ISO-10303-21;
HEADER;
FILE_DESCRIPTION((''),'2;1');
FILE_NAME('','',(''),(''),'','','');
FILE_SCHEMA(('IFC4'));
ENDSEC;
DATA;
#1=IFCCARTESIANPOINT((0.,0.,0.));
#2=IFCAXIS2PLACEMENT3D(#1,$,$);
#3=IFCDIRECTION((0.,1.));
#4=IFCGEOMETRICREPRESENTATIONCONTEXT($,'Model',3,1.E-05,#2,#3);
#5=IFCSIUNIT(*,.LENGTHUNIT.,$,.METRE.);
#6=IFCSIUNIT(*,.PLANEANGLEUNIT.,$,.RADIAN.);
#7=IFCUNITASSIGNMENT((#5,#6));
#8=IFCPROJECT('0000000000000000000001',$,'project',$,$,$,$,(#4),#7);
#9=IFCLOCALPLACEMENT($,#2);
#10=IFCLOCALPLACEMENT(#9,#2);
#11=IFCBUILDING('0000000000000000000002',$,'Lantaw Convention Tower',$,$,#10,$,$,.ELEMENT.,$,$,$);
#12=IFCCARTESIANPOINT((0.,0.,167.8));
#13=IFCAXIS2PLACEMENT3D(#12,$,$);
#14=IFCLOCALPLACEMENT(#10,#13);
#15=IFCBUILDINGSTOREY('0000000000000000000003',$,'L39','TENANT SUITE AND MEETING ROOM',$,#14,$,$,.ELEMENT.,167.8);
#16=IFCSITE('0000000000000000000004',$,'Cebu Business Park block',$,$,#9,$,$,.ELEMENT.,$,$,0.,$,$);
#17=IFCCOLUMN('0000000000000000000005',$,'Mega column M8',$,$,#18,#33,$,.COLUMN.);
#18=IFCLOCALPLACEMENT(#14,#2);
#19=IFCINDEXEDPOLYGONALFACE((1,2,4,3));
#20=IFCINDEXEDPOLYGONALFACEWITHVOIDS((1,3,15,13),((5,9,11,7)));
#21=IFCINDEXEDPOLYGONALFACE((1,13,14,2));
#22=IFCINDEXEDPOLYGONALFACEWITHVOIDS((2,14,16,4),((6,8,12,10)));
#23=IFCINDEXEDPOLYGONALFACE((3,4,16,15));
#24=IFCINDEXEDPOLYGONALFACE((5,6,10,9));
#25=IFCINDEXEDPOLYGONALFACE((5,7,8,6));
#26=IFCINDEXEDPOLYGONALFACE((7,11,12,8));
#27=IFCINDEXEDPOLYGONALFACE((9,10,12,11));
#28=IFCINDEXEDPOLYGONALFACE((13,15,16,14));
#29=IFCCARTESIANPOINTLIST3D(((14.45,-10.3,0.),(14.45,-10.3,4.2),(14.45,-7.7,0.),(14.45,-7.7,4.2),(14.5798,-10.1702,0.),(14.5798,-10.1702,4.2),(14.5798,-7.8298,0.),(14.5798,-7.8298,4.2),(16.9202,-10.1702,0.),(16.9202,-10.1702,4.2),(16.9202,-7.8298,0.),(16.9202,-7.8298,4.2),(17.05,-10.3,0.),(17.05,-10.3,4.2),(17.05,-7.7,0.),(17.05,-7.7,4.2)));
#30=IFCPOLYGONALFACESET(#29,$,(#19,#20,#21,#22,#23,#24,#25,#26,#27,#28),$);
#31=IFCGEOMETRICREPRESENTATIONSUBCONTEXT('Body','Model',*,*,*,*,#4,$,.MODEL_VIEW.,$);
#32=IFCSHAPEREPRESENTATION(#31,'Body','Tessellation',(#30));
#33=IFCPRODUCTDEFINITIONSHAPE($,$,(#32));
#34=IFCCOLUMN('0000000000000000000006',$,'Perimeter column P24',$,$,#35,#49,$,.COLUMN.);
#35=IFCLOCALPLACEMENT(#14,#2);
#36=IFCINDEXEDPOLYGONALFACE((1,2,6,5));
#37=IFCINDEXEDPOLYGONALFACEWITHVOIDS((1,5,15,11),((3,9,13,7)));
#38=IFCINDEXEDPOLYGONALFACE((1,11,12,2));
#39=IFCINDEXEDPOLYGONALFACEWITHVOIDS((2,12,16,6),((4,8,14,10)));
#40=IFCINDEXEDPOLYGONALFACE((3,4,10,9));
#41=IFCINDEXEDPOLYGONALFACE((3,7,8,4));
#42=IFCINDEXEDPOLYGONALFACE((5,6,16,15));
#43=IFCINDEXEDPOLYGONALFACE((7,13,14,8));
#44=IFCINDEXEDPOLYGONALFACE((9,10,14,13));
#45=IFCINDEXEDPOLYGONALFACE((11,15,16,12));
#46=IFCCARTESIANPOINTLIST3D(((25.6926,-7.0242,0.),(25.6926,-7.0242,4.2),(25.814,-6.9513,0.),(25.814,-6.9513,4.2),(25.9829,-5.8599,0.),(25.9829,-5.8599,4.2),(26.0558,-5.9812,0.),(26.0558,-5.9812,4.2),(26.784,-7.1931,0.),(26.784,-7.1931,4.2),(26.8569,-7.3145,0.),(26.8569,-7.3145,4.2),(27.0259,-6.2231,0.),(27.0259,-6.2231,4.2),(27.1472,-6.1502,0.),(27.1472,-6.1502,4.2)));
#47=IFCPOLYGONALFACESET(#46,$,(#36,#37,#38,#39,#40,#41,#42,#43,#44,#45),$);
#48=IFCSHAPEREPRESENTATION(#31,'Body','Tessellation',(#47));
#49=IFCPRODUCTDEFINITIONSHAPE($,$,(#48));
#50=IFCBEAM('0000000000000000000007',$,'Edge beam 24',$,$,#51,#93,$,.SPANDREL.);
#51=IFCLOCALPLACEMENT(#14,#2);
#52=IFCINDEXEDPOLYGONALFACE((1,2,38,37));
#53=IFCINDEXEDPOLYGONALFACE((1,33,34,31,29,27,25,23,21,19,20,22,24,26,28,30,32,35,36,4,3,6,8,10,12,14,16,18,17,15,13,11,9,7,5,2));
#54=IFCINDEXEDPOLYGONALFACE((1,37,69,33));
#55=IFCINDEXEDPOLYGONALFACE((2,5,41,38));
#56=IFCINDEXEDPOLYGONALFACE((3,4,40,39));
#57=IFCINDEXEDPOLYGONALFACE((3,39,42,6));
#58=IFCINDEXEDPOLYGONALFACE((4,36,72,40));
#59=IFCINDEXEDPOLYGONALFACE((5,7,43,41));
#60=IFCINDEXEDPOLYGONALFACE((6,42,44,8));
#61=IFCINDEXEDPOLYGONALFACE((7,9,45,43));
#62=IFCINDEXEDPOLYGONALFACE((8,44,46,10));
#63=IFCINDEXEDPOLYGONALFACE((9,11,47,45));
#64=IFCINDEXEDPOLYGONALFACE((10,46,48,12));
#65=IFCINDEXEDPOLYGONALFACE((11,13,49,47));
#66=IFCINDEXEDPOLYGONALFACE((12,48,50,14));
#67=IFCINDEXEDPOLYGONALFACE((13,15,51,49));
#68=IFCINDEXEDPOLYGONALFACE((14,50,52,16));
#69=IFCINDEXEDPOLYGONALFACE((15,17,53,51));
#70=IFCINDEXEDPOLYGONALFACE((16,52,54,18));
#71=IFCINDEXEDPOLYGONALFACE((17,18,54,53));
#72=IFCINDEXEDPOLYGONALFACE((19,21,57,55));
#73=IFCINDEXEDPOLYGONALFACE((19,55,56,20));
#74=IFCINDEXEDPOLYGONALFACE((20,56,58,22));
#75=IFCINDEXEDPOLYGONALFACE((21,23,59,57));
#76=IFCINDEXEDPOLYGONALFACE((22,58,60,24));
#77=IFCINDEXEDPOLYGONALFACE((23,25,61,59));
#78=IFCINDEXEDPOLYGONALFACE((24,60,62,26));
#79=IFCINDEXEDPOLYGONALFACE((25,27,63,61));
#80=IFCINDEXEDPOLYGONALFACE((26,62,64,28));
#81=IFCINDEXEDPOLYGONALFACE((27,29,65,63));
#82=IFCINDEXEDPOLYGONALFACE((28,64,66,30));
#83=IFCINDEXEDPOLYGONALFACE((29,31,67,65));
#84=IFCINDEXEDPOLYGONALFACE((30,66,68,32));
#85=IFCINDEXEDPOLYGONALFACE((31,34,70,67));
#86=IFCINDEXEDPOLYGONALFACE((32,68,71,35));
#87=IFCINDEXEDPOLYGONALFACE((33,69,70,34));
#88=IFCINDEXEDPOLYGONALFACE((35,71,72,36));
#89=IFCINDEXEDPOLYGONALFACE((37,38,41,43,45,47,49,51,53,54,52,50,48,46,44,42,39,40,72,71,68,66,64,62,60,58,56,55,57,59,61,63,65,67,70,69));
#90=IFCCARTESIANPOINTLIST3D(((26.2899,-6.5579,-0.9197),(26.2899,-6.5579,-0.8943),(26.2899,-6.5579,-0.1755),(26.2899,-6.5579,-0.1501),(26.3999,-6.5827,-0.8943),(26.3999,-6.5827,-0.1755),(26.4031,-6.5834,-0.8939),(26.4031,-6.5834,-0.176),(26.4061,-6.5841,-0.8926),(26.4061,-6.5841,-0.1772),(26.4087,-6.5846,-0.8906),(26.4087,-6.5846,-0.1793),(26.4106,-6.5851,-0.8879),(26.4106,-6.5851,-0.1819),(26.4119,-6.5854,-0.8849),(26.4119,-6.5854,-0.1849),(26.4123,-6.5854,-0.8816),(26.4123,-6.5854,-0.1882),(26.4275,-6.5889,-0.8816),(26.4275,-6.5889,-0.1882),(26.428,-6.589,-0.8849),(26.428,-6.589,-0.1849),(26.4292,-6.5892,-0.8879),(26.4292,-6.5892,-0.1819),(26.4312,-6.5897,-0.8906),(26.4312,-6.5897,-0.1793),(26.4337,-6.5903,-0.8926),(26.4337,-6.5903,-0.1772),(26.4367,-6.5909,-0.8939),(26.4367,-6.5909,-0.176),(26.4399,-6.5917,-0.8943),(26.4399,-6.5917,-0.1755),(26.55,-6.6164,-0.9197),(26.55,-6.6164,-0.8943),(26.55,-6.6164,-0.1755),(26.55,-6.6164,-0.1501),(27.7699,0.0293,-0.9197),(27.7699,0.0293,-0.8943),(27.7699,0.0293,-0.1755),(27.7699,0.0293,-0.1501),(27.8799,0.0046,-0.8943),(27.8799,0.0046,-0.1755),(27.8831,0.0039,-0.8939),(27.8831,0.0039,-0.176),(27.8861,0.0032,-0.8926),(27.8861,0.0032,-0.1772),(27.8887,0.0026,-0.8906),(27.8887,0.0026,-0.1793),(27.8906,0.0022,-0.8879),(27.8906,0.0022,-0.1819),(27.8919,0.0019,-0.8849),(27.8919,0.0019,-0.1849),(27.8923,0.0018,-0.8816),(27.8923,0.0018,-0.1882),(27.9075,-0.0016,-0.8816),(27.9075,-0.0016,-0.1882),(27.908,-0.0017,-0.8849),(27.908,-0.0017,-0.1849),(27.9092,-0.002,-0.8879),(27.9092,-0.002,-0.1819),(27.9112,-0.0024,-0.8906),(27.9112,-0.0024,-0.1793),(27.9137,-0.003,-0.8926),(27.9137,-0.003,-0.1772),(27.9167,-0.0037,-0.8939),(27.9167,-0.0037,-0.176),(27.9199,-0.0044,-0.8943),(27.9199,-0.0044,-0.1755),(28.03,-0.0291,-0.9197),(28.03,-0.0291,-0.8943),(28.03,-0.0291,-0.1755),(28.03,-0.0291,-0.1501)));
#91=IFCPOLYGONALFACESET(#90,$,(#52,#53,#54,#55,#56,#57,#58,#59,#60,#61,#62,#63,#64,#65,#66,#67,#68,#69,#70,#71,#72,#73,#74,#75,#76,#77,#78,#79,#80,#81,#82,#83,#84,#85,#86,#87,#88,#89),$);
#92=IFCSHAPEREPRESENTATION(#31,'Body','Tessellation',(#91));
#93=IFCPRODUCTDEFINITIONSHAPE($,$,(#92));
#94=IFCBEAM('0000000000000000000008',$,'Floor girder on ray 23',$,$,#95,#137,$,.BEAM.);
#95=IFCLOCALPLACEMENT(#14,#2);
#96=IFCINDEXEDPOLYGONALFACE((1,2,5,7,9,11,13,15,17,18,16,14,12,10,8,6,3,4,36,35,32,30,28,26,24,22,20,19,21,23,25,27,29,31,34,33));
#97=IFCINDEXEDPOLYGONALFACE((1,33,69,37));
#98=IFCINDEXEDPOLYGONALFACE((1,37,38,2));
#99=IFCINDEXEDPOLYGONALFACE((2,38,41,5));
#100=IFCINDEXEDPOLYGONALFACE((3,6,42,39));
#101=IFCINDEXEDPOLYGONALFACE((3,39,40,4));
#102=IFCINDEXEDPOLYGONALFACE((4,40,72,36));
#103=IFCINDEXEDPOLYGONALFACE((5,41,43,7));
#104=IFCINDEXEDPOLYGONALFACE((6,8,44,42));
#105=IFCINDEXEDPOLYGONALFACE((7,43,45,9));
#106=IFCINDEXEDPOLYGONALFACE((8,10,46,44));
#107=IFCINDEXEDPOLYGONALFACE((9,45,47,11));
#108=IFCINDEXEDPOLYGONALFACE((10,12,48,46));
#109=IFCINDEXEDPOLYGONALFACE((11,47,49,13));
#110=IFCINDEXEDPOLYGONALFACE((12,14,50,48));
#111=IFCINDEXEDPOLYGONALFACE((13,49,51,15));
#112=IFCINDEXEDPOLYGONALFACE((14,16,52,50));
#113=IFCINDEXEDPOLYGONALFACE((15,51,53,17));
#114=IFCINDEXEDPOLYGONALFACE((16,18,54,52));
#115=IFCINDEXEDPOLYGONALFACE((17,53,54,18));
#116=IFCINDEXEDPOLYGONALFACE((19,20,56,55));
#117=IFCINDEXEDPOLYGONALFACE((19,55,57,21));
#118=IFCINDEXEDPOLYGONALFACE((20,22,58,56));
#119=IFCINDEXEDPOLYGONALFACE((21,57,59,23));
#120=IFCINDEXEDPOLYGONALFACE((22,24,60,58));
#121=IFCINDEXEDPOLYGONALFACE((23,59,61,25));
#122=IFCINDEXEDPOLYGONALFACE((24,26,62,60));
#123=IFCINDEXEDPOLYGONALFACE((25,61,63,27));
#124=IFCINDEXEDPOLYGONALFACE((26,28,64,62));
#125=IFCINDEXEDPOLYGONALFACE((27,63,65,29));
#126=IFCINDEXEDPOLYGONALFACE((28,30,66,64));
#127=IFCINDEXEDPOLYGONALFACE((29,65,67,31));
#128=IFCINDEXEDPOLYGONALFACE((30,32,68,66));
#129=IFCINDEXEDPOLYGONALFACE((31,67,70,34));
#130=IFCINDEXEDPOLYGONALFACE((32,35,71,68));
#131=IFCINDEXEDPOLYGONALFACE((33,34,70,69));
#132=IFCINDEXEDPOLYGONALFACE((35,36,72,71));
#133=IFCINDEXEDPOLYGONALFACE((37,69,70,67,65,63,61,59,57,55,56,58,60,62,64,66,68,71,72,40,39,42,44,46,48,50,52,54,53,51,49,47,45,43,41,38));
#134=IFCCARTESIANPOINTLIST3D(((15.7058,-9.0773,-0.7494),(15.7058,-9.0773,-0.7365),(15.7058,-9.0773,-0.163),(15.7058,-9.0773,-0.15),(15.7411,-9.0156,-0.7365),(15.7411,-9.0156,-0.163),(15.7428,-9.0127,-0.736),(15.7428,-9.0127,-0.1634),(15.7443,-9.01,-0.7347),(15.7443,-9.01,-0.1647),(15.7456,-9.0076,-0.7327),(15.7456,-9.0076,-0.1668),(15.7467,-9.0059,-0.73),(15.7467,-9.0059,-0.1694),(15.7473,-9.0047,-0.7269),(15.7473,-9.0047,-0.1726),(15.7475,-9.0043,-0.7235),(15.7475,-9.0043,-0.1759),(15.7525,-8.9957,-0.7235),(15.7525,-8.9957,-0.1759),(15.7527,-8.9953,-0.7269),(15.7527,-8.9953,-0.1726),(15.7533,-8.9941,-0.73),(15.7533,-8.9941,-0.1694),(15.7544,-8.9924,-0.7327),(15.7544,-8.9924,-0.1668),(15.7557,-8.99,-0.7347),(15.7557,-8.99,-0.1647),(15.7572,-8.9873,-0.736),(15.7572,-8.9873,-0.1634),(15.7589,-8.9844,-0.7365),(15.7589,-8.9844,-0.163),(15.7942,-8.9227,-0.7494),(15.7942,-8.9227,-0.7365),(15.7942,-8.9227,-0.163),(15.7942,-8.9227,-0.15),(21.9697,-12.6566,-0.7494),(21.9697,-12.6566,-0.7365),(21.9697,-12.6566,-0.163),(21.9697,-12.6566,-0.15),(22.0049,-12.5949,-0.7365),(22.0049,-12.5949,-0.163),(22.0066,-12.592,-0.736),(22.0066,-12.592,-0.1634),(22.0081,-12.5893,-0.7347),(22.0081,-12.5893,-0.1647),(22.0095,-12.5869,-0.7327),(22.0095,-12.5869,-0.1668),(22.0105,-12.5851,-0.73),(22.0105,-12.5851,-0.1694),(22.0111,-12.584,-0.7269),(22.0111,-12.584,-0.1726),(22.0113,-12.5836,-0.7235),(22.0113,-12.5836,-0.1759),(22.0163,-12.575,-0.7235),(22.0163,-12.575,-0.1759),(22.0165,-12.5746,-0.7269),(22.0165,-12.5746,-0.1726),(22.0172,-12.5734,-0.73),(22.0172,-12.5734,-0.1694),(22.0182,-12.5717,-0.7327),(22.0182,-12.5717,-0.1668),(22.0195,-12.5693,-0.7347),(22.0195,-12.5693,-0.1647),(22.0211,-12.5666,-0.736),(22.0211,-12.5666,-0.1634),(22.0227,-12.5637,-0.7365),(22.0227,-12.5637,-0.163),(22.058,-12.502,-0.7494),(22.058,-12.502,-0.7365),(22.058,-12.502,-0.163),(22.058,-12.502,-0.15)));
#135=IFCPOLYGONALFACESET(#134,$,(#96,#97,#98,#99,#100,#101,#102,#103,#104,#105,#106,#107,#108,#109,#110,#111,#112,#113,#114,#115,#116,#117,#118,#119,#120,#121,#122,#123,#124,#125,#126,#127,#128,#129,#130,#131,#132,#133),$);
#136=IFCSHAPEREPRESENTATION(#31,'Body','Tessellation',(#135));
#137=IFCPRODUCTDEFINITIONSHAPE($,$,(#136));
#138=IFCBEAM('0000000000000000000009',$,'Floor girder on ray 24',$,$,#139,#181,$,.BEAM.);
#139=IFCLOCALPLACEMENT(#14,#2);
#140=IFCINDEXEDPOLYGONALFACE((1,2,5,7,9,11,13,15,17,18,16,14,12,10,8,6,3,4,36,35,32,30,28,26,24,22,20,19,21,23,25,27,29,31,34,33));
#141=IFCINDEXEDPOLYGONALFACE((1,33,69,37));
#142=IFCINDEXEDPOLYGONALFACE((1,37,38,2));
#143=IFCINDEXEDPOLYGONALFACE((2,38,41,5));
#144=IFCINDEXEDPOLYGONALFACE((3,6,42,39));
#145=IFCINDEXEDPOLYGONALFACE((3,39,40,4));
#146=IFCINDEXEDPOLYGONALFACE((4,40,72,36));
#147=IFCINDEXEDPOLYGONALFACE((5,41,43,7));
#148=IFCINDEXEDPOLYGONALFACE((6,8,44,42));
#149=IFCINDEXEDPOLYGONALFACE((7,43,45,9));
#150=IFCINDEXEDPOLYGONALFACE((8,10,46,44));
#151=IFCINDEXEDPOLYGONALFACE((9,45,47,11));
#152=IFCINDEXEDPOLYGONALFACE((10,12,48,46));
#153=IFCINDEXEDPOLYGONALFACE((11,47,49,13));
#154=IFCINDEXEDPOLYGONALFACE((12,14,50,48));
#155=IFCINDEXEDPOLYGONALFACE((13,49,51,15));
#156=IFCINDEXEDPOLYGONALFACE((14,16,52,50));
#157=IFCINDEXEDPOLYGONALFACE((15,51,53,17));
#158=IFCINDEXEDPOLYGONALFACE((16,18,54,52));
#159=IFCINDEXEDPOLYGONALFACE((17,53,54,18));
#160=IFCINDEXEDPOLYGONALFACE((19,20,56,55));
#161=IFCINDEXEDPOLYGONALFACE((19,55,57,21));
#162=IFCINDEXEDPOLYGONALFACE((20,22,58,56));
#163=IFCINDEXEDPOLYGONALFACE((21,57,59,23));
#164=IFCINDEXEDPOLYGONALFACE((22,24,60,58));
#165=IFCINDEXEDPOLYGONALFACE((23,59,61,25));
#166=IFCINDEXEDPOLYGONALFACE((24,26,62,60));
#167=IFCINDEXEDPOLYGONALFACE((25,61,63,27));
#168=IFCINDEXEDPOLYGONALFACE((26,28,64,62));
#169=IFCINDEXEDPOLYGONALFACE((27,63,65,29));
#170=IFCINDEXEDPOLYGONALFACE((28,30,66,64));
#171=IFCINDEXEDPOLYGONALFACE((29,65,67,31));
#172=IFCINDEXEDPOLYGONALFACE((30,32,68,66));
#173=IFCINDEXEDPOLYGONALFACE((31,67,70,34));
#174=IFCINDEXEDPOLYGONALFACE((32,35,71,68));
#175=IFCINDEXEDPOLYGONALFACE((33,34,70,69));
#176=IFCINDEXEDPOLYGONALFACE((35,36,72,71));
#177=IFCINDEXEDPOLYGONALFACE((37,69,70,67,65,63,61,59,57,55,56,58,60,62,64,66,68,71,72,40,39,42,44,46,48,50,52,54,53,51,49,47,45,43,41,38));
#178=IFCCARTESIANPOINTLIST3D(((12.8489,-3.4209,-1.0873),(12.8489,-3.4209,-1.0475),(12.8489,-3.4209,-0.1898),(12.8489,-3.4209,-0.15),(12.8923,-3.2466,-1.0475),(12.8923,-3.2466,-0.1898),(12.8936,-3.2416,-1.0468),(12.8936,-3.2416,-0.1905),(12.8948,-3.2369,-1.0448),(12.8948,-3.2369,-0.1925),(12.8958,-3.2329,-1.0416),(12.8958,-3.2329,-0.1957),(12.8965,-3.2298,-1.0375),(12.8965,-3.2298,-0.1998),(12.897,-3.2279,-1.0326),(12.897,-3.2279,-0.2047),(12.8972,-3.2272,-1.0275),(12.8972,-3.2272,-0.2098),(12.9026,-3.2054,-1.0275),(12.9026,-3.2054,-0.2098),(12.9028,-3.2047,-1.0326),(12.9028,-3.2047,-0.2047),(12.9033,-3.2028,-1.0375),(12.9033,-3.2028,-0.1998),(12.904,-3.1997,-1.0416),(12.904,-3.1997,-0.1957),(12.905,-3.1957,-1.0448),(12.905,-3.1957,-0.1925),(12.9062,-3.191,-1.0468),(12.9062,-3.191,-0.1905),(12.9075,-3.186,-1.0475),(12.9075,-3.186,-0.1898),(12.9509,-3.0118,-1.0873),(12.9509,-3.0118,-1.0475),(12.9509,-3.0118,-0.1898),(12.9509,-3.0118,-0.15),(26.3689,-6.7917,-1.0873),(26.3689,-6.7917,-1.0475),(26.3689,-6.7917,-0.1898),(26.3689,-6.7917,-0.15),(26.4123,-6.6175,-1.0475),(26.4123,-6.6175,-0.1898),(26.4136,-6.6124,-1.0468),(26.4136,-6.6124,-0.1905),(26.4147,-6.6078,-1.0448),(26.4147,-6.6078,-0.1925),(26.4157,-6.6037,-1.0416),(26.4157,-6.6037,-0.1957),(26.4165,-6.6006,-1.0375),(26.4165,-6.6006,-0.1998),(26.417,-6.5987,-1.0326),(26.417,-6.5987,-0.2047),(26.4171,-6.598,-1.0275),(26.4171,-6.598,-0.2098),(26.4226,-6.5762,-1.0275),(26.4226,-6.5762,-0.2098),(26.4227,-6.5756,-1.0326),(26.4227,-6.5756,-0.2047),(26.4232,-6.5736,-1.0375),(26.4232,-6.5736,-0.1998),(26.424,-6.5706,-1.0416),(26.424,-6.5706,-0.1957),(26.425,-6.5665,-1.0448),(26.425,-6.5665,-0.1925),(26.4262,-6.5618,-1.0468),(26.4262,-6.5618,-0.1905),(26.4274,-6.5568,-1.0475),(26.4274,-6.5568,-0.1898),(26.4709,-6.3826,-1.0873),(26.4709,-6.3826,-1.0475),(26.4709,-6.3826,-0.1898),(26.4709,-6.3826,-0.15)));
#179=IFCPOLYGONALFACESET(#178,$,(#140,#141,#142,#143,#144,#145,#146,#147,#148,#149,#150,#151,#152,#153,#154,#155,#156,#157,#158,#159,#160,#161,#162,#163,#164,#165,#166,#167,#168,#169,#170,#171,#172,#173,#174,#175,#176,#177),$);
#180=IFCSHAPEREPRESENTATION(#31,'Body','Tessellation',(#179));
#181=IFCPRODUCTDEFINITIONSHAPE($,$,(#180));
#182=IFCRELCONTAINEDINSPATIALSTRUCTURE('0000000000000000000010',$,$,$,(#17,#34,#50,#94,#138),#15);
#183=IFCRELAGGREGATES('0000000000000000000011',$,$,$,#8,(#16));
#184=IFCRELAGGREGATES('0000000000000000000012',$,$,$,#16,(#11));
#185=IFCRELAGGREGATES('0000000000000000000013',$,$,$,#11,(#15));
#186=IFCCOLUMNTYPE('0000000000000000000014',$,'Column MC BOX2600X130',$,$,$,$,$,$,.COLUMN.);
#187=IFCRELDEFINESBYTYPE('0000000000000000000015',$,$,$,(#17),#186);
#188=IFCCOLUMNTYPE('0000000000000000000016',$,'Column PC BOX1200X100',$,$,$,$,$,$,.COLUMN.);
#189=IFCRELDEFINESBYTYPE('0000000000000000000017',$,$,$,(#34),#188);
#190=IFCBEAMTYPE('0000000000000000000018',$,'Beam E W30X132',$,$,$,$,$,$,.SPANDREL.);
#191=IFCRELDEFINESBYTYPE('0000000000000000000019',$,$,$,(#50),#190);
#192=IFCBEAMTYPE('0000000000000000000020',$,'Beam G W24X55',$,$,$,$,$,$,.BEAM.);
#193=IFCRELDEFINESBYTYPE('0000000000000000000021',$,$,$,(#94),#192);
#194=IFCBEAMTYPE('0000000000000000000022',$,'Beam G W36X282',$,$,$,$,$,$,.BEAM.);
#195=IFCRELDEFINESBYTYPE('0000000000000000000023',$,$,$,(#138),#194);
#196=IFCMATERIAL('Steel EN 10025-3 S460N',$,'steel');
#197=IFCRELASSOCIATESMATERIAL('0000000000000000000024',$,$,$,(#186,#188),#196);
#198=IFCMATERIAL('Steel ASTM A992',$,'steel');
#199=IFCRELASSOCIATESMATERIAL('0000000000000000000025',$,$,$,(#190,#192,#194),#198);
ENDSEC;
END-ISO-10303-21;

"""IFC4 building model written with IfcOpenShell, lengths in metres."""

from ifc_helpers import new_model, si_unit, direction, frame, origin, origin_2d, place, context, subcontext, project, spatial, rectangle, hollow_rectangle, i_section, extrude, material, material_profile, profile_set, type_object, element, save


model = new_model("IFC4")

# Units and contexts
model_context = context("Model", 3, precision=1e-05, world=origin(), true_north=direction((0.0, 1.0)))
body_context = subcontext(model_context, "Body", "Model", "MODEL_VIEW")
ifc_project = project(units=[si_unit("LENGTHUNIT", "METRE"), si_unit("PLANEANGLEUNIT", "RADIAN")], contexts=[model_context])

# Site, building, storey
site_placement = place(None, origin())
site = spatial("IfcSite", under=ifc_project, at=site_placement, Name="Cebu Business Park block", CompositionType="ELEMENT", RefElevation=0.0)
building_placement = place(site_placement, origin())
building = spatial("IfcBuilding", under=site, at=building_placement, Name="Lantaw Convention Tower", CompositionType="ELEMENT")
storey_placement = place(building_placement, frame((0.0, 0.0, 167.8)))
storey = spatial("IfcBuildingStorey", under=building, at=storey_placement, Name="L39", Description="TENANT SUITE AND MEETING ROOM", CompositionType="ELEMENT", Elevation=167.8)

# Columns
ifc_material_1 = material(Name="Steel EN 10025-3 S460N", Category="steel")
ifc_material_profile_1 = material_profile(ifc_material_1, hollow_rectangle(XDim=2.6001, YDim=2.6001, WallThickness=0.1299, at=origin_2d()), Name="BOX2600X130")
ifc_material_2 = material(Name="Concrete C60/75", Category="concrete")
ifc_material_profile_2 = material_profile(ifc_material_2, rectangle(XDim=2.3401, YDim=2.3401, at=origin_2d()), Name="Concrete fill of BOX2600X130")
ifc_profile_set_1 = profile_set([ifc_material_profile_1, ifc_material_profile_2], Name="Steel EN 10025-3 S460N")
column_type_1 = type_object("IfcColumnType", Name="Column MC BOX2600X130", PredefinedType="COLUMN", material=ifc_profile_set_1)
column_1_placement = place(storey_placement, frame((15.75, -9.0, 0.0), z_axis=(0.0, 0.0, 1.0), x_axis=(1.0, 0.0, 0.0)))
element("IfcColumn", 1, at=column_1_placement, inside=storey, type_object=column_type_1, Name="Mega column M8", PredefinedType="COLUMN", context=body_context, shape_type="SweptSolid", body=[
    extrude(hollow_rectangle(XDim=2.6001, YDim=2.6001, WallThickness=0.1299, at=origin_2d()), origin(), (0.0, 0.0, 1.0), 4.2),
])
ifc_material_profile_3 = material_profile(ifc_material_1, hollow_rectangle(XDim=1.2, YDim=1.2, WallThickness=0.1001, at=origin_2d()), Name="BOX1200X100")
ifc_material_profile_4 = material_profile(ifc_material_2, rectangle(XDim=1.0, YDim=1.0, at=origin_2d()), Name="Concrete fill of BOX1200X100")
ifc_profile_set_2 = profile_set([ifc_material_profile_3, ifc_material_profile_4], Name="Steel EN 10025-3 S460N")
column_type_2 = type_object("IfcColumnType", Name="Column PC BOX1200X100", PredefinedType="COLUMN", material=ifc_profile_set_2)
column_2_placement = place(storey_placement, frame((26.4199, -6.5872, 0.0), z_axis=(0.0, 0.0, 1.0), x_axis=(0.241922, 0.970296, 0.0)))
element("IfcColumn", 2, at=column_2_placement, inside=storey, type_object=column_type_2, Name="Perimeter column P24", PredefinedType="COLUMN", context=body_context, shape_type="SweptSolid", body=[
    extrude(hollow_rectangle(XDim=1.2, YDim=1.2, WallThickness=0.1001, at=origin_2d()), origin(), (0.0, 0.0, 1.0), 4.2),
])

# Beams
ifc_material_3 = material(Name="Steel ASTM A992", Category="steel")
ifc_material_profile_5 = material_profile(ifc_material_3, i_section(OverallWidth=0.2666, OverallDepth=0.7695, WebThickness=0.0156, FlangeThickness=0.0254, FilletRadius=0.0127, at=origin_2d()), Name="W30X132")
ifc_profile_set_3 = profile_set([ifc_material_profile_5], Name="Steel ASTM A992")
beam_type_1 = type_object("IfcBeamType", Name="Beam E W30X132", PredefinedType="SPANDREL", material=ifc_profile_set_3)
beam_1_placement = place(storey_placement, frame((26.4199, -6.5872, -0.5349), z_axis=(0.219212, 0.975677, 0.0), x_axis=(-0.975677, 0.219212, 0.0)))
element("IfcBeam", 3, at=beam_1_placement, inside=storey, type_object=beam_type_1, Name="Edge beam 24", PredefinedType="SPANDREL", context=body_context, shape_type="SweptSolid", body=[
    extrude(i_section(OverallWidth=0.2666, OverallDepth=0.7695, WebThickness=0.0156, FlangeThickness=0.0254, FilletRadius=0.0127, at=origin_2d()), origin(), (0.0, 0.0, 1.0), 6.7515),
])
ifc_material_profile_6 = material_profile(ifc_material_3, i_section(OverallWidth=0.178, OverallDepth=0.5994, WebThickness=0.01, FlangeThickness=0.0129, FilletRadius=0.0129, at=origin_2d()), Name="W24X55")
ifc_profile_set_4 = profile_set([ifc_material_profile_6], Name="Steel ASTM A992")
beam_type_2 = type_object("IfcBeamType", Name="Beam G W24X55", PredefinedType="BEAM", material=ifc_profile_set_4)
beam_2_placement = place(storey_placement, frame((15.75, -9.0, -0.4497), z_axis=(0.868245, -0.496135, 0.0), x_axis=(0.496135, 0.868245, 0.0)))
element("IfcBeam", 4, at=beam_2_placement, inside=storey, type_object=beam_type_2, Name="Floor girder on ray 23", PredefinedType="BEAM", context=body_context, shape_type="SweptSolid", body=[
    extrude(i_section(OverallWidth=0.178, OverallDepth=0.5994, WebThickness=0.01, FlangeThickness=0.0129, FilletRadius=0.0129, at=origin_2d()), origin(), (0.0, 0.0, 1.0), 7.2144),
])
ifc_material_profile_7 = material_profile(ifc_material_3, i_section(OverallWidth=0.4216, OverallDepth=0.9373, WebThickness=0.0225, FlangeThickness=0.0398, FilletRadius=0.02, at=origin_2d()), Name="W36X282")
ifc_profile_set_5 = profile_set([ifc_material_profile_7], Name="Steel ASTM A992")
beam_type_3 = type_object("IfcBeamType", Name="Beam G W36X282", PredefinedType="BEAM", material=ifc_profile_set_5)
beam_3_placement = place(storey_placement, frame((12.8999, -3.2163, -0.6187), z_axis=(0.970297, -0.241917, 0.0), x_axis=(0.241917, 0.970297, 0.0)))
element("IfcBeam", 5, at=beam_3_placement, inside=storey, type_object=beam_type_3, Name="Floor girder on ray 24", PredefinedType="BEAM", context=body_context, shape_type="SweptSolid", body=[
    extrude(i_section(OverallWidth=0.4216, OverallDepth=0.9373, WebThickness=0.0225, FlangeThickness=0.0398, FilletRadius=0.02, at=origin_2d()), origin(), (0.0, 0.0, 1.0), 13.9338),
])

save(model, "model.ifc")
